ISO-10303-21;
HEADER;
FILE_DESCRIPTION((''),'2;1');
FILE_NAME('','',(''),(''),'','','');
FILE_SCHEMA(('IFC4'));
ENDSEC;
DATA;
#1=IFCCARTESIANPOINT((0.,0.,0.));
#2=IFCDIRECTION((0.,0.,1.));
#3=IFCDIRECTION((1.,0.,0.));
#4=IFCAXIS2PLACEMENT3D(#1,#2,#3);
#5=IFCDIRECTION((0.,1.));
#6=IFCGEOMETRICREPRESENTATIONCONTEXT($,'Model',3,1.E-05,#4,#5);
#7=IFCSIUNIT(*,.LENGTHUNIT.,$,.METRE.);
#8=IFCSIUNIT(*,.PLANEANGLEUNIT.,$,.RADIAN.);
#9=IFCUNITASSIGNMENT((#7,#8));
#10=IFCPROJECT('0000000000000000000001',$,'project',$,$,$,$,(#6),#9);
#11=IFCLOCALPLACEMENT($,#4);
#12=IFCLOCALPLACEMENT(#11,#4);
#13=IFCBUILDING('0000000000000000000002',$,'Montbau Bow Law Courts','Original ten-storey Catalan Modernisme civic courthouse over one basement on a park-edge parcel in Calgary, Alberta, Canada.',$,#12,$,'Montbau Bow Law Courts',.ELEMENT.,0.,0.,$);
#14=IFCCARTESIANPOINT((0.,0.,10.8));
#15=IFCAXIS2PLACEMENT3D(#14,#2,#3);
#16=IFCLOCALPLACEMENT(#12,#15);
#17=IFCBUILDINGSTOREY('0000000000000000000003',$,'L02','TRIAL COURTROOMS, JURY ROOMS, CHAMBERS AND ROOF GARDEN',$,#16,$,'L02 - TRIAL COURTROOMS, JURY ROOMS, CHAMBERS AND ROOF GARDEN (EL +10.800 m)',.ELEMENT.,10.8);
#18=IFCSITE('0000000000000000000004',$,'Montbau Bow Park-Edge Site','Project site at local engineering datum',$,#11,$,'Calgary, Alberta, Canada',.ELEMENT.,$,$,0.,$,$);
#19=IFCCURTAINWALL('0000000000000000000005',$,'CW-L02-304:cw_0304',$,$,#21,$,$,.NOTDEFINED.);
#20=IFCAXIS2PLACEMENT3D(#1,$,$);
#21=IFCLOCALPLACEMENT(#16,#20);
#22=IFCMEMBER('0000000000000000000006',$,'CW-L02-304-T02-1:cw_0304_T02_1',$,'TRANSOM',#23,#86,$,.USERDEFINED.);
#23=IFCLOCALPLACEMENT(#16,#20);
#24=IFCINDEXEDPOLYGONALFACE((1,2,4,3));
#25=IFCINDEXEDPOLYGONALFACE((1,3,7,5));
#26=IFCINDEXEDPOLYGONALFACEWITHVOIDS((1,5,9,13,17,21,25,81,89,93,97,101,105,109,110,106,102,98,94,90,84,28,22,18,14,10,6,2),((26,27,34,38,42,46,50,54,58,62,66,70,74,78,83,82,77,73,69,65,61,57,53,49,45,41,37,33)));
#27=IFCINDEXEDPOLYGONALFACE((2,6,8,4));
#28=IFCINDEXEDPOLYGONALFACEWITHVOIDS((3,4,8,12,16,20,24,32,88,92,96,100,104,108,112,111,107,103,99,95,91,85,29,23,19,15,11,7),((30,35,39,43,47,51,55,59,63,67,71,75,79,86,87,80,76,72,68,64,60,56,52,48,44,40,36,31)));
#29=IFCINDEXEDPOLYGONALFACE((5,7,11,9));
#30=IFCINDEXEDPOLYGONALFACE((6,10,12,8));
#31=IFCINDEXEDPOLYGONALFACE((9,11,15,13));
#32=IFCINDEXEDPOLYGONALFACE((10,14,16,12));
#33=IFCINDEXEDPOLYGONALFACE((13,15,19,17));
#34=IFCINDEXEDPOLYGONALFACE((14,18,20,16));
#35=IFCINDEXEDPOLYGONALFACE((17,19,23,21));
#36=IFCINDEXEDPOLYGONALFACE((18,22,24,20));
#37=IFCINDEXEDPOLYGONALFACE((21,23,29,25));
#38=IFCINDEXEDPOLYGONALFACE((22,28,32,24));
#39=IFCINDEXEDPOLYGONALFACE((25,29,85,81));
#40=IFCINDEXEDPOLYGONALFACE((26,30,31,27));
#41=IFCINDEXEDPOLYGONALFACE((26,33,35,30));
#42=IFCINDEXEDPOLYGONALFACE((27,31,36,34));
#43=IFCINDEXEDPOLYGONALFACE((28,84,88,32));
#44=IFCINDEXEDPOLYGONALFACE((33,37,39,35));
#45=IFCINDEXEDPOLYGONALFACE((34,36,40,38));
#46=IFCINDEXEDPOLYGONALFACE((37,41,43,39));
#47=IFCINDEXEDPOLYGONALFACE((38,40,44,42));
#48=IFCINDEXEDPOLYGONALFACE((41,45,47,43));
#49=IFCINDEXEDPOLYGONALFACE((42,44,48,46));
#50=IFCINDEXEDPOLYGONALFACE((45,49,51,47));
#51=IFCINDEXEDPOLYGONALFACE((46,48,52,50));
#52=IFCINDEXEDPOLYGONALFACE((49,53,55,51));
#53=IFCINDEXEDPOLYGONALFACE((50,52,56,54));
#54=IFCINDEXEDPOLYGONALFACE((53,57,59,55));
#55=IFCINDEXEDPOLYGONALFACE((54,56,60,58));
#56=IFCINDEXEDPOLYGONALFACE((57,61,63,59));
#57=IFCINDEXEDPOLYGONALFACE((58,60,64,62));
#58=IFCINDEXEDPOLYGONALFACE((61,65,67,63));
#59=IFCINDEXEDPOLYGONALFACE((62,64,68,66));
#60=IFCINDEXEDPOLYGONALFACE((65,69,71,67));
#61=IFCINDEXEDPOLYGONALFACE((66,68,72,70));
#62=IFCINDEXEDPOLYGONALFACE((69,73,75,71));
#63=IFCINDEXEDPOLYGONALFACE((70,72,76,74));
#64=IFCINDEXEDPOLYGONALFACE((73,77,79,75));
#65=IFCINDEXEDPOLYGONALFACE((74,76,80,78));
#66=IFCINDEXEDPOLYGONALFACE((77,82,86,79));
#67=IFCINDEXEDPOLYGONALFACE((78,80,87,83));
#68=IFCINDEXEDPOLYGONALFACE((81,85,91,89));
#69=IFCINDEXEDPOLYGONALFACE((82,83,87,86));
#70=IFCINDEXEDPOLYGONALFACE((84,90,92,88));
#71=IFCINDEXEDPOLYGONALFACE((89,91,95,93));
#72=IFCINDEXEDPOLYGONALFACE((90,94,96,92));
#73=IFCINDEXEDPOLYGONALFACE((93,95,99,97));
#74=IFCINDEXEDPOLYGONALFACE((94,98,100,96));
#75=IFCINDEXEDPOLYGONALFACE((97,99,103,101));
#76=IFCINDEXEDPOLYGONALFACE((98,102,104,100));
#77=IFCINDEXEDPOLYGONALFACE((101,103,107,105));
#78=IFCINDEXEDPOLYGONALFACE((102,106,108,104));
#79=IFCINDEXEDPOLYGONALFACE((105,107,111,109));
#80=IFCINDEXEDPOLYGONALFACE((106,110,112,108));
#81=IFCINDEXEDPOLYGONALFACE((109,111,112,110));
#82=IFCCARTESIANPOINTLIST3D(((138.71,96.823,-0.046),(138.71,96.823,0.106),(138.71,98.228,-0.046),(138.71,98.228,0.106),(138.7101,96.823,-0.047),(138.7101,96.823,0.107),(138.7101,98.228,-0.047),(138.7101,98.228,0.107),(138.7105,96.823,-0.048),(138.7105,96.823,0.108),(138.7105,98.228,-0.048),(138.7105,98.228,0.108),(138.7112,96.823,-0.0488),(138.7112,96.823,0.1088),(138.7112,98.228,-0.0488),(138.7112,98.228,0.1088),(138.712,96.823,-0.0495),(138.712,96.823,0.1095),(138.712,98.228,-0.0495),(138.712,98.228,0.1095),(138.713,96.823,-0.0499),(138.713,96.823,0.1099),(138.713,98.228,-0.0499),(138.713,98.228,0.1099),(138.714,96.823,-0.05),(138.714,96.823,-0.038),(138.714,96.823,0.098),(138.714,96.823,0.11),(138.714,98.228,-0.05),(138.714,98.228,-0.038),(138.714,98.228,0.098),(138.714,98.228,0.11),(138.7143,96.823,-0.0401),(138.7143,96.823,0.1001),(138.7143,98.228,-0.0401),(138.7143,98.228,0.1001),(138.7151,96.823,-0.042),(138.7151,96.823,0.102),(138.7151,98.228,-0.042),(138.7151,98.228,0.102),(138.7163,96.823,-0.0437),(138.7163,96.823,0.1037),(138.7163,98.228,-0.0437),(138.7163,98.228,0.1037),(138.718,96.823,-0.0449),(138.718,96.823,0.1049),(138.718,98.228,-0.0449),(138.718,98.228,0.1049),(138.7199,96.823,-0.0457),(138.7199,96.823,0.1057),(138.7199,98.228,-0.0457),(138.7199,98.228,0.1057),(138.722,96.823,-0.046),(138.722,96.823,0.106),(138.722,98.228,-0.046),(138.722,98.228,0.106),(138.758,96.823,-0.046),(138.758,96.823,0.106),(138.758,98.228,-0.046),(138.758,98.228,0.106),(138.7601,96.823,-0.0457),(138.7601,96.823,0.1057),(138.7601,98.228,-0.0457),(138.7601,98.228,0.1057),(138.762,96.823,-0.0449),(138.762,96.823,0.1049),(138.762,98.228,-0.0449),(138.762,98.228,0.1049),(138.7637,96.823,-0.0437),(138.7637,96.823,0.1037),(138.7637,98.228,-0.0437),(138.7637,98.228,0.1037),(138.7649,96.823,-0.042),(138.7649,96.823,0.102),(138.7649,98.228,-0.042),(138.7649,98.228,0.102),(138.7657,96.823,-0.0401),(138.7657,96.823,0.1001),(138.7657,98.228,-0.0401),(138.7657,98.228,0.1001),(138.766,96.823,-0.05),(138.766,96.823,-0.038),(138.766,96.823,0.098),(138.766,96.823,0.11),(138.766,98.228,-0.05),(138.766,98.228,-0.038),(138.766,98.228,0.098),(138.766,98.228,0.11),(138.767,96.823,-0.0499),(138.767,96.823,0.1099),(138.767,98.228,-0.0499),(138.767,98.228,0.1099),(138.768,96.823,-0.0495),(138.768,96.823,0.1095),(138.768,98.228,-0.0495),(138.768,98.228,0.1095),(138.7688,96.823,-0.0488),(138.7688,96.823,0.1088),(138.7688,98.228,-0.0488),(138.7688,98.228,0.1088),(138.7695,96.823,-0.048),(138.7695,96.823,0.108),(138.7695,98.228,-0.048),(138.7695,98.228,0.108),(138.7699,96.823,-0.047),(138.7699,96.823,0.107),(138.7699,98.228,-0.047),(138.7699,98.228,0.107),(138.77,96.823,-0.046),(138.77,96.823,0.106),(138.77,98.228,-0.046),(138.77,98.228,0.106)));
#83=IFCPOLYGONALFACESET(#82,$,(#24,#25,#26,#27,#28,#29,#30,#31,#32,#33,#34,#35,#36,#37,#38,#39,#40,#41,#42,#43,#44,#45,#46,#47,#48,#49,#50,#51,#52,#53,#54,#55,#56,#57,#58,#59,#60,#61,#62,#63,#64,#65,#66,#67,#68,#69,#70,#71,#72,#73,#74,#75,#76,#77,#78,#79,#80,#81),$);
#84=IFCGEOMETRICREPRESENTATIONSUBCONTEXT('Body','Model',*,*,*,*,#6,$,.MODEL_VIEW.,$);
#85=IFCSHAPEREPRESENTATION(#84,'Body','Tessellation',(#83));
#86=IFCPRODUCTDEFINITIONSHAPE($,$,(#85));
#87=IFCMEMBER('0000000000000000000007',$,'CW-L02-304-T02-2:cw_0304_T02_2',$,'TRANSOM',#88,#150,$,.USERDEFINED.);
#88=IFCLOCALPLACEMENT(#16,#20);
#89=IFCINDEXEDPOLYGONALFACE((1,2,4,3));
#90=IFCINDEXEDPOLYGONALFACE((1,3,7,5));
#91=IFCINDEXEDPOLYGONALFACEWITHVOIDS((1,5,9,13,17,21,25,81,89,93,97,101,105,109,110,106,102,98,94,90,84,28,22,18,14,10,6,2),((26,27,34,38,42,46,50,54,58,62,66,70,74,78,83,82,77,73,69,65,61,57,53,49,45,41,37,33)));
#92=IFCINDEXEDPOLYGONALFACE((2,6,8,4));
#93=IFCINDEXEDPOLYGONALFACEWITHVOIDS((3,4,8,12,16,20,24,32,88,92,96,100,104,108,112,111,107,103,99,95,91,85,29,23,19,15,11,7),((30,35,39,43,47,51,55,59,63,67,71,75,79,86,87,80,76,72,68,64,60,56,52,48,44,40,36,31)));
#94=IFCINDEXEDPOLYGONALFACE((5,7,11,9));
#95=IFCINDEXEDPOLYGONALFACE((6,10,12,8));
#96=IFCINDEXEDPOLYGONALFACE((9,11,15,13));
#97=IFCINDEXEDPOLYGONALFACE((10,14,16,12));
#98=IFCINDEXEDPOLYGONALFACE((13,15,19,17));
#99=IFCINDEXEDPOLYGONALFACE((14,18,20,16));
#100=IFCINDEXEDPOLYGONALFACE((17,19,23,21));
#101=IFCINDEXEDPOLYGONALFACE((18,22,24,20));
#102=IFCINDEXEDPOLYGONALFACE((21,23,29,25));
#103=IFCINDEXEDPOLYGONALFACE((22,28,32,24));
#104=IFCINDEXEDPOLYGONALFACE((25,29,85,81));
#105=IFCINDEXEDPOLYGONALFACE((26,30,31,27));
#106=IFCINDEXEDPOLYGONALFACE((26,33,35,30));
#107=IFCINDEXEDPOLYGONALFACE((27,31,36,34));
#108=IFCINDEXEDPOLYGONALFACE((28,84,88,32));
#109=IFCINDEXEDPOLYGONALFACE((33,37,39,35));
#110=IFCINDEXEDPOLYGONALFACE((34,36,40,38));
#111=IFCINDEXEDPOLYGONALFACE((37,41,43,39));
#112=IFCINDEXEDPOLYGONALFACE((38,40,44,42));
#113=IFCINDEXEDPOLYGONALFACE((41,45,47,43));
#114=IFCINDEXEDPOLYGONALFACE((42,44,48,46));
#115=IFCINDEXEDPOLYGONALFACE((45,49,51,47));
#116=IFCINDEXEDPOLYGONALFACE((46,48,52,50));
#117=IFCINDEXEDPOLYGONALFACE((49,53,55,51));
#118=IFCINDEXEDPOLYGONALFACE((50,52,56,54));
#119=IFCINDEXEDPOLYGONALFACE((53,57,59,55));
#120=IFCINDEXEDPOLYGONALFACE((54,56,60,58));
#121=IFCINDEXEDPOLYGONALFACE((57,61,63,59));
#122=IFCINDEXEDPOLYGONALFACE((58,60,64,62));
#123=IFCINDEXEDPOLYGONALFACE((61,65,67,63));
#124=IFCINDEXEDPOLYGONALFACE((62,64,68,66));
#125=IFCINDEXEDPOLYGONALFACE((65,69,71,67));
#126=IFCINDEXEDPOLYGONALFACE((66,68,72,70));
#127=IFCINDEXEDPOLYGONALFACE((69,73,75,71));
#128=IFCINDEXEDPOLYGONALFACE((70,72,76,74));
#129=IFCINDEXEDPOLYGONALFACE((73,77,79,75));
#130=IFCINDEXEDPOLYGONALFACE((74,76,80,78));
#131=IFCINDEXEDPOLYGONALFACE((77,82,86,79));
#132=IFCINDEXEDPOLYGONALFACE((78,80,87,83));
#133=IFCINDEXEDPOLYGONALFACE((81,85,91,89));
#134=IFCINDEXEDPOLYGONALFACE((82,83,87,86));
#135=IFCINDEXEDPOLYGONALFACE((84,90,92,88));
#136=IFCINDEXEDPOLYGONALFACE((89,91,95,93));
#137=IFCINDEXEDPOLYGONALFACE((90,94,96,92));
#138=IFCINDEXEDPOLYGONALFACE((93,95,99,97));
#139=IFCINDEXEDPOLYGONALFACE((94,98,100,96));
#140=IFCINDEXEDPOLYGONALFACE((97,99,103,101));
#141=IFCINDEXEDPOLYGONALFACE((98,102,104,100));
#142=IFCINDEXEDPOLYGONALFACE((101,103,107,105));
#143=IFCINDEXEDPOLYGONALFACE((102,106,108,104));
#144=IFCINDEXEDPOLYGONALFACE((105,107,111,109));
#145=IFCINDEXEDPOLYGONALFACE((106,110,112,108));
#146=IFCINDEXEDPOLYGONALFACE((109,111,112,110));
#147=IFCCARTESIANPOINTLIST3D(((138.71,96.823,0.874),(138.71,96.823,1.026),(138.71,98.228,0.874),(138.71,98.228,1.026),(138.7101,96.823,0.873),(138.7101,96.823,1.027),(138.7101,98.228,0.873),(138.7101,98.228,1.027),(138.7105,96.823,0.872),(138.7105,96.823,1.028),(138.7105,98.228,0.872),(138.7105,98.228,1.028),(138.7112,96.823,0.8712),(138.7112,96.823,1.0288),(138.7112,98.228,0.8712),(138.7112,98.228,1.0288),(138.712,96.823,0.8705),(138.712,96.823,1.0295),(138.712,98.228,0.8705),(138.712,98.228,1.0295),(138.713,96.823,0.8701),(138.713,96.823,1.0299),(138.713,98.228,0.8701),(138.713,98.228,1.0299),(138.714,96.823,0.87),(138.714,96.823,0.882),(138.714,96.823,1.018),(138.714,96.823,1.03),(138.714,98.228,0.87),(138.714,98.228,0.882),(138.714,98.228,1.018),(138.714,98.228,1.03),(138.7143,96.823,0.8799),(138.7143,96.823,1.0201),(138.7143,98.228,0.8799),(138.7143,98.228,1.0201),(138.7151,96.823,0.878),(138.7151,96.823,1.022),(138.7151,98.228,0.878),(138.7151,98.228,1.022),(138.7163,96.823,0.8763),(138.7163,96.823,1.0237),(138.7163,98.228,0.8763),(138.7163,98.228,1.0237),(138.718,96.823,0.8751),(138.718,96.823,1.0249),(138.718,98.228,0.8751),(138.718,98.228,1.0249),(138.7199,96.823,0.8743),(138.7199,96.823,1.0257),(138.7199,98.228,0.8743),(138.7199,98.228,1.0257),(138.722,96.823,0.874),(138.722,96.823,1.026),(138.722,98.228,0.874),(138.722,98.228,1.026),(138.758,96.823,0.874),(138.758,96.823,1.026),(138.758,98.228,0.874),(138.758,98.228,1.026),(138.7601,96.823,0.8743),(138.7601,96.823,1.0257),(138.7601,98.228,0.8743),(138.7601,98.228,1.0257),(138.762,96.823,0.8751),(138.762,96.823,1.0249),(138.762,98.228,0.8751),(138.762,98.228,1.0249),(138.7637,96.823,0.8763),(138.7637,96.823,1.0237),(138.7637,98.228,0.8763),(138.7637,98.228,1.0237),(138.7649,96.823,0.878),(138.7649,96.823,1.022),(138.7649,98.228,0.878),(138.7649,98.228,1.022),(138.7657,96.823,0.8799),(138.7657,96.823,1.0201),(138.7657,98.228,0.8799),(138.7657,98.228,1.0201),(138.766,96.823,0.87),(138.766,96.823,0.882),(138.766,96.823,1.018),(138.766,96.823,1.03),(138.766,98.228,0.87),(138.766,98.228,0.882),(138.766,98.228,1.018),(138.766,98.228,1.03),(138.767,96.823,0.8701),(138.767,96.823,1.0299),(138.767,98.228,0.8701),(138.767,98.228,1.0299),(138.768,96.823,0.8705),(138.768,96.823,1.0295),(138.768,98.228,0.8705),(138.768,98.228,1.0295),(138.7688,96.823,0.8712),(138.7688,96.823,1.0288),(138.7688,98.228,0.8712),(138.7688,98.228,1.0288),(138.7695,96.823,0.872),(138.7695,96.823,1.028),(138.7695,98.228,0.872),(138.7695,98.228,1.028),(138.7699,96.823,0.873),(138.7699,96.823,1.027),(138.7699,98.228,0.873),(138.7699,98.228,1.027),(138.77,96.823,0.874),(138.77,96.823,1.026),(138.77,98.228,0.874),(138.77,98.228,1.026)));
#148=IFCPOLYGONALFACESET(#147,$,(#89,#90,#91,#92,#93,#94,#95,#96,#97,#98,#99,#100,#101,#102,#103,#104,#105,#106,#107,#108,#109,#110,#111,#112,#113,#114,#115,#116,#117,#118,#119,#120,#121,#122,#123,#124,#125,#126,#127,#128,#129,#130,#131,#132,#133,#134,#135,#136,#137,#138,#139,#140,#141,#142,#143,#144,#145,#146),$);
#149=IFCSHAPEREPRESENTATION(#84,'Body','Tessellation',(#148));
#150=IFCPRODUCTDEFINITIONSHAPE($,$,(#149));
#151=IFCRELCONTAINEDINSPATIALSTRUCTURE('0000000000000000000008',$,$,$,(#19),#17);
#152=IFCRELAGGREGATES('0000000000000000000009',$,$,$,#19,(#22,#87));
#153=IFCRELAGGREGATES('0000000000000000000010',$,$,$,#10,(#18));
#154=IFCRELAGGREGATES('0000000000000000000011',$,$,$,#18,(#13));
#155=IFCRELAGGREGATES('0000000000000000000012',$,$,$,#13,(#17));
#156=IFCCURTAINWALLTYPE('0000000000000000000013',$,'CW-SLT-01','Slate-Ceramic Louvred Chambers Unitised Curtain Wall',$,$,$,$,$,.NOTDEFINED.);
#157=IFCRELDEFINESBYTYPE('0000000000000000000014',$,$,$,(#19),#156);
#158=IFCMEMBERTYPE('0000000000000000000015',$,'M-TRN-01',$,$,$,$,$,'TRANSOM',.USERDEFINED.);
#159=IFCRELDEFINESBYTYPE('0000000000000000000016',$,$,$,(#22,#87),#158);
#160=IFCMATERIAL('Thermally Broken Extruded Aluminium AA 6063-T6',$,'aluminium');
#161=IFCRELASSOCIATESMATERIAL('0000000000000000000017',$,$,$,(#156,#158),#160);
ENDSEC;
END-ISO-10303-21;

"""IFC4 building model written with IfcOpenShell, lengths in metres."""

from ifc_helpers import new_model, si_unit, direction, frame, origin_with_axes, origin_2d_with_axis, place, context, subcontext, project, spatial, hollow_rectangle, extrude, material, material_profile, profile_set, type_object, element, aggregate, save


model = new_model("IFC4")

# Units and contexts
model_context = context("Model", 3, precision=1e-05, world=origin_with_axes(), true_north=direction((0.0, 1.0)))
body_context = subcontext(model_context, "Body", "Model", "MODEL_VIEW")
ifc_project = project(units=[si_unit("LENGTHUNIT", "METRE"), si_unit("PLANEANGLEUNIT", "RADIAN")], contexts=[model_context])

# Site, building, storey
site_placement = place(None, origin_with_axes())
site = spatial("IfcSite", under=ifc_project, at=site_placement, Name="Montbau Bow Park-Edge Site", Description="Project site at local engineering datum", LongName="Calgary, Alberta, Canada", CompositionType="ELEMENT", RefElevation=0.0)
building_placement = place(site_placement, origin_with_axes())
building = spatial("IfcBuilding", under=site, at=building_placement, Name="Montbau Bow Law Courts", Description="Original ten-storey Catalan Modernisme civic courthouse over one basement on a park-edge parcel in Calgary, Alberta, Canada.", LongName="Montbau Bow Law Courts", CompositionType="ELEMENT", ElevationOfRefHeight=0.0, ElevationOfTerrain=0.0)
storey_placement = place(building_placement, frame((0.0, 0.0, 10.8), z_axis=(0.0, 0.0, 1.0), x_axis=(1.0, 0.0, 0.0)))
storey = spatial("IfcBuildingStorey", under=building, at=storey_placement, Name="L02", Description="TRIAL COURTROOMS, JURY ROOMS, CHAMBERS AND ROOF GARDEN", LongName="L02 - TRIAL COURTROOMS, JURY ROOMS, CHAMBERS AND ROOF GARDEN (EL +10.800 m)", CompositionType="ELEMENT", Elevation=10.8)

# Curtain wall, members
ifc_material_1 = material(Name="Thermally Broken Extruded Aluminium AA 6063-T6", Category="aluminium")
curtain_wall_type = type_object("IfcCurtainWallType", Name="CW-SLT-01", Description="Slate-Ceramic Louvred Chambers Unitised Curtain Wall", PredefinedType="NOTDEFINED", material=ifc_material_1)
curtain_wall_placement = place(None, frame((138.74, 95.315, 10.8), z_axis=(0.0, 0.0, 1.0), x_axis=(1.0, 0.0, 0.0)))
curtain_wall = element("IfcCurtainWall", 1, at=curtain_wall_placement, inside=storey, type_object=curtain_wall_type, Name="CW-L02-304:cw_0304", PredefinedType="NOTDEFINED")
ifc_material_profile_1 = material_profile(ifc_material_1, hollow_rectangle(XDim=0.06, YDim=0.16, WallThickness=0.004, InnerFilletRadius=0.008, OuterFilletRadius=0.004, at=origin_2d_with_axis()), Name="CWT-160X60", Category="Main", Priority=0)
ifc_profile_set_1 = profile_set([ifc_material_profile_1], Name="Thermally Broken Extruded Aluminium AA 6063-T6")
member_type_1 = type_object("IfcMemberType", Name="M-TRN-01", ElementType="TRANSOM", PredefinedType="USERDEFINED", material=ifc_profile_set_1)
member_1_placement = place(None, frame((138.74, 96.823, 10.83), z_axis=(0.0, 1.0, 0.0), x_axis=(-1.0, 0.0, 0.0)))
member_1 = element("IfcMember", 2, at=member_1_placement, type_object=member_type_1, Name="CW-L02-304-T02-1:cw_0304_T02_1", ObjectType="TRANSOM", PredefinedType="USERDEFINED", context=body_context, shape_type="SweptSolid", body=[
    extrude(hollow_rectangle(XDim=0.06, YDim=0.16, WallThickness=0.004, InnerFilletRadius=0.008, OuterFilletRadius=0.004, at=origin_2d_with_axis()), origin_with_axes(), (0.0, 0.0, 1.0), 1.405),
])
member_2_placement = place(None, frame((138.74, 96.823, 11.75), z_axis=(0.0, 1.0, 0.0), x_axis=(-1.0, 0.0, 0.0)))
member_2 = element("IfcMember", 3, at=member_2_placement, type_object=member_type_1, Name="CW-L02-304-T02-2:cw_0304_T02_2", ObjectType="TRANSOM", PredefinedType="USERDEFINED", context=body_context, shape_type="SweptSolid", body=[
    extrude(hollow_rectangle(XDim=0.06, YDim=0.16, WallThickness=0.004, InnerFilletRadius=0.008, OuterFilletRadius=0.004, at=origin_2d_with_axis()), origin_with_axes(), (0.0, 0.0, 1.0), 1.405),
])
aggregate(curtain_wall, [member_1, member_2])

save(model, "model.ifc")
